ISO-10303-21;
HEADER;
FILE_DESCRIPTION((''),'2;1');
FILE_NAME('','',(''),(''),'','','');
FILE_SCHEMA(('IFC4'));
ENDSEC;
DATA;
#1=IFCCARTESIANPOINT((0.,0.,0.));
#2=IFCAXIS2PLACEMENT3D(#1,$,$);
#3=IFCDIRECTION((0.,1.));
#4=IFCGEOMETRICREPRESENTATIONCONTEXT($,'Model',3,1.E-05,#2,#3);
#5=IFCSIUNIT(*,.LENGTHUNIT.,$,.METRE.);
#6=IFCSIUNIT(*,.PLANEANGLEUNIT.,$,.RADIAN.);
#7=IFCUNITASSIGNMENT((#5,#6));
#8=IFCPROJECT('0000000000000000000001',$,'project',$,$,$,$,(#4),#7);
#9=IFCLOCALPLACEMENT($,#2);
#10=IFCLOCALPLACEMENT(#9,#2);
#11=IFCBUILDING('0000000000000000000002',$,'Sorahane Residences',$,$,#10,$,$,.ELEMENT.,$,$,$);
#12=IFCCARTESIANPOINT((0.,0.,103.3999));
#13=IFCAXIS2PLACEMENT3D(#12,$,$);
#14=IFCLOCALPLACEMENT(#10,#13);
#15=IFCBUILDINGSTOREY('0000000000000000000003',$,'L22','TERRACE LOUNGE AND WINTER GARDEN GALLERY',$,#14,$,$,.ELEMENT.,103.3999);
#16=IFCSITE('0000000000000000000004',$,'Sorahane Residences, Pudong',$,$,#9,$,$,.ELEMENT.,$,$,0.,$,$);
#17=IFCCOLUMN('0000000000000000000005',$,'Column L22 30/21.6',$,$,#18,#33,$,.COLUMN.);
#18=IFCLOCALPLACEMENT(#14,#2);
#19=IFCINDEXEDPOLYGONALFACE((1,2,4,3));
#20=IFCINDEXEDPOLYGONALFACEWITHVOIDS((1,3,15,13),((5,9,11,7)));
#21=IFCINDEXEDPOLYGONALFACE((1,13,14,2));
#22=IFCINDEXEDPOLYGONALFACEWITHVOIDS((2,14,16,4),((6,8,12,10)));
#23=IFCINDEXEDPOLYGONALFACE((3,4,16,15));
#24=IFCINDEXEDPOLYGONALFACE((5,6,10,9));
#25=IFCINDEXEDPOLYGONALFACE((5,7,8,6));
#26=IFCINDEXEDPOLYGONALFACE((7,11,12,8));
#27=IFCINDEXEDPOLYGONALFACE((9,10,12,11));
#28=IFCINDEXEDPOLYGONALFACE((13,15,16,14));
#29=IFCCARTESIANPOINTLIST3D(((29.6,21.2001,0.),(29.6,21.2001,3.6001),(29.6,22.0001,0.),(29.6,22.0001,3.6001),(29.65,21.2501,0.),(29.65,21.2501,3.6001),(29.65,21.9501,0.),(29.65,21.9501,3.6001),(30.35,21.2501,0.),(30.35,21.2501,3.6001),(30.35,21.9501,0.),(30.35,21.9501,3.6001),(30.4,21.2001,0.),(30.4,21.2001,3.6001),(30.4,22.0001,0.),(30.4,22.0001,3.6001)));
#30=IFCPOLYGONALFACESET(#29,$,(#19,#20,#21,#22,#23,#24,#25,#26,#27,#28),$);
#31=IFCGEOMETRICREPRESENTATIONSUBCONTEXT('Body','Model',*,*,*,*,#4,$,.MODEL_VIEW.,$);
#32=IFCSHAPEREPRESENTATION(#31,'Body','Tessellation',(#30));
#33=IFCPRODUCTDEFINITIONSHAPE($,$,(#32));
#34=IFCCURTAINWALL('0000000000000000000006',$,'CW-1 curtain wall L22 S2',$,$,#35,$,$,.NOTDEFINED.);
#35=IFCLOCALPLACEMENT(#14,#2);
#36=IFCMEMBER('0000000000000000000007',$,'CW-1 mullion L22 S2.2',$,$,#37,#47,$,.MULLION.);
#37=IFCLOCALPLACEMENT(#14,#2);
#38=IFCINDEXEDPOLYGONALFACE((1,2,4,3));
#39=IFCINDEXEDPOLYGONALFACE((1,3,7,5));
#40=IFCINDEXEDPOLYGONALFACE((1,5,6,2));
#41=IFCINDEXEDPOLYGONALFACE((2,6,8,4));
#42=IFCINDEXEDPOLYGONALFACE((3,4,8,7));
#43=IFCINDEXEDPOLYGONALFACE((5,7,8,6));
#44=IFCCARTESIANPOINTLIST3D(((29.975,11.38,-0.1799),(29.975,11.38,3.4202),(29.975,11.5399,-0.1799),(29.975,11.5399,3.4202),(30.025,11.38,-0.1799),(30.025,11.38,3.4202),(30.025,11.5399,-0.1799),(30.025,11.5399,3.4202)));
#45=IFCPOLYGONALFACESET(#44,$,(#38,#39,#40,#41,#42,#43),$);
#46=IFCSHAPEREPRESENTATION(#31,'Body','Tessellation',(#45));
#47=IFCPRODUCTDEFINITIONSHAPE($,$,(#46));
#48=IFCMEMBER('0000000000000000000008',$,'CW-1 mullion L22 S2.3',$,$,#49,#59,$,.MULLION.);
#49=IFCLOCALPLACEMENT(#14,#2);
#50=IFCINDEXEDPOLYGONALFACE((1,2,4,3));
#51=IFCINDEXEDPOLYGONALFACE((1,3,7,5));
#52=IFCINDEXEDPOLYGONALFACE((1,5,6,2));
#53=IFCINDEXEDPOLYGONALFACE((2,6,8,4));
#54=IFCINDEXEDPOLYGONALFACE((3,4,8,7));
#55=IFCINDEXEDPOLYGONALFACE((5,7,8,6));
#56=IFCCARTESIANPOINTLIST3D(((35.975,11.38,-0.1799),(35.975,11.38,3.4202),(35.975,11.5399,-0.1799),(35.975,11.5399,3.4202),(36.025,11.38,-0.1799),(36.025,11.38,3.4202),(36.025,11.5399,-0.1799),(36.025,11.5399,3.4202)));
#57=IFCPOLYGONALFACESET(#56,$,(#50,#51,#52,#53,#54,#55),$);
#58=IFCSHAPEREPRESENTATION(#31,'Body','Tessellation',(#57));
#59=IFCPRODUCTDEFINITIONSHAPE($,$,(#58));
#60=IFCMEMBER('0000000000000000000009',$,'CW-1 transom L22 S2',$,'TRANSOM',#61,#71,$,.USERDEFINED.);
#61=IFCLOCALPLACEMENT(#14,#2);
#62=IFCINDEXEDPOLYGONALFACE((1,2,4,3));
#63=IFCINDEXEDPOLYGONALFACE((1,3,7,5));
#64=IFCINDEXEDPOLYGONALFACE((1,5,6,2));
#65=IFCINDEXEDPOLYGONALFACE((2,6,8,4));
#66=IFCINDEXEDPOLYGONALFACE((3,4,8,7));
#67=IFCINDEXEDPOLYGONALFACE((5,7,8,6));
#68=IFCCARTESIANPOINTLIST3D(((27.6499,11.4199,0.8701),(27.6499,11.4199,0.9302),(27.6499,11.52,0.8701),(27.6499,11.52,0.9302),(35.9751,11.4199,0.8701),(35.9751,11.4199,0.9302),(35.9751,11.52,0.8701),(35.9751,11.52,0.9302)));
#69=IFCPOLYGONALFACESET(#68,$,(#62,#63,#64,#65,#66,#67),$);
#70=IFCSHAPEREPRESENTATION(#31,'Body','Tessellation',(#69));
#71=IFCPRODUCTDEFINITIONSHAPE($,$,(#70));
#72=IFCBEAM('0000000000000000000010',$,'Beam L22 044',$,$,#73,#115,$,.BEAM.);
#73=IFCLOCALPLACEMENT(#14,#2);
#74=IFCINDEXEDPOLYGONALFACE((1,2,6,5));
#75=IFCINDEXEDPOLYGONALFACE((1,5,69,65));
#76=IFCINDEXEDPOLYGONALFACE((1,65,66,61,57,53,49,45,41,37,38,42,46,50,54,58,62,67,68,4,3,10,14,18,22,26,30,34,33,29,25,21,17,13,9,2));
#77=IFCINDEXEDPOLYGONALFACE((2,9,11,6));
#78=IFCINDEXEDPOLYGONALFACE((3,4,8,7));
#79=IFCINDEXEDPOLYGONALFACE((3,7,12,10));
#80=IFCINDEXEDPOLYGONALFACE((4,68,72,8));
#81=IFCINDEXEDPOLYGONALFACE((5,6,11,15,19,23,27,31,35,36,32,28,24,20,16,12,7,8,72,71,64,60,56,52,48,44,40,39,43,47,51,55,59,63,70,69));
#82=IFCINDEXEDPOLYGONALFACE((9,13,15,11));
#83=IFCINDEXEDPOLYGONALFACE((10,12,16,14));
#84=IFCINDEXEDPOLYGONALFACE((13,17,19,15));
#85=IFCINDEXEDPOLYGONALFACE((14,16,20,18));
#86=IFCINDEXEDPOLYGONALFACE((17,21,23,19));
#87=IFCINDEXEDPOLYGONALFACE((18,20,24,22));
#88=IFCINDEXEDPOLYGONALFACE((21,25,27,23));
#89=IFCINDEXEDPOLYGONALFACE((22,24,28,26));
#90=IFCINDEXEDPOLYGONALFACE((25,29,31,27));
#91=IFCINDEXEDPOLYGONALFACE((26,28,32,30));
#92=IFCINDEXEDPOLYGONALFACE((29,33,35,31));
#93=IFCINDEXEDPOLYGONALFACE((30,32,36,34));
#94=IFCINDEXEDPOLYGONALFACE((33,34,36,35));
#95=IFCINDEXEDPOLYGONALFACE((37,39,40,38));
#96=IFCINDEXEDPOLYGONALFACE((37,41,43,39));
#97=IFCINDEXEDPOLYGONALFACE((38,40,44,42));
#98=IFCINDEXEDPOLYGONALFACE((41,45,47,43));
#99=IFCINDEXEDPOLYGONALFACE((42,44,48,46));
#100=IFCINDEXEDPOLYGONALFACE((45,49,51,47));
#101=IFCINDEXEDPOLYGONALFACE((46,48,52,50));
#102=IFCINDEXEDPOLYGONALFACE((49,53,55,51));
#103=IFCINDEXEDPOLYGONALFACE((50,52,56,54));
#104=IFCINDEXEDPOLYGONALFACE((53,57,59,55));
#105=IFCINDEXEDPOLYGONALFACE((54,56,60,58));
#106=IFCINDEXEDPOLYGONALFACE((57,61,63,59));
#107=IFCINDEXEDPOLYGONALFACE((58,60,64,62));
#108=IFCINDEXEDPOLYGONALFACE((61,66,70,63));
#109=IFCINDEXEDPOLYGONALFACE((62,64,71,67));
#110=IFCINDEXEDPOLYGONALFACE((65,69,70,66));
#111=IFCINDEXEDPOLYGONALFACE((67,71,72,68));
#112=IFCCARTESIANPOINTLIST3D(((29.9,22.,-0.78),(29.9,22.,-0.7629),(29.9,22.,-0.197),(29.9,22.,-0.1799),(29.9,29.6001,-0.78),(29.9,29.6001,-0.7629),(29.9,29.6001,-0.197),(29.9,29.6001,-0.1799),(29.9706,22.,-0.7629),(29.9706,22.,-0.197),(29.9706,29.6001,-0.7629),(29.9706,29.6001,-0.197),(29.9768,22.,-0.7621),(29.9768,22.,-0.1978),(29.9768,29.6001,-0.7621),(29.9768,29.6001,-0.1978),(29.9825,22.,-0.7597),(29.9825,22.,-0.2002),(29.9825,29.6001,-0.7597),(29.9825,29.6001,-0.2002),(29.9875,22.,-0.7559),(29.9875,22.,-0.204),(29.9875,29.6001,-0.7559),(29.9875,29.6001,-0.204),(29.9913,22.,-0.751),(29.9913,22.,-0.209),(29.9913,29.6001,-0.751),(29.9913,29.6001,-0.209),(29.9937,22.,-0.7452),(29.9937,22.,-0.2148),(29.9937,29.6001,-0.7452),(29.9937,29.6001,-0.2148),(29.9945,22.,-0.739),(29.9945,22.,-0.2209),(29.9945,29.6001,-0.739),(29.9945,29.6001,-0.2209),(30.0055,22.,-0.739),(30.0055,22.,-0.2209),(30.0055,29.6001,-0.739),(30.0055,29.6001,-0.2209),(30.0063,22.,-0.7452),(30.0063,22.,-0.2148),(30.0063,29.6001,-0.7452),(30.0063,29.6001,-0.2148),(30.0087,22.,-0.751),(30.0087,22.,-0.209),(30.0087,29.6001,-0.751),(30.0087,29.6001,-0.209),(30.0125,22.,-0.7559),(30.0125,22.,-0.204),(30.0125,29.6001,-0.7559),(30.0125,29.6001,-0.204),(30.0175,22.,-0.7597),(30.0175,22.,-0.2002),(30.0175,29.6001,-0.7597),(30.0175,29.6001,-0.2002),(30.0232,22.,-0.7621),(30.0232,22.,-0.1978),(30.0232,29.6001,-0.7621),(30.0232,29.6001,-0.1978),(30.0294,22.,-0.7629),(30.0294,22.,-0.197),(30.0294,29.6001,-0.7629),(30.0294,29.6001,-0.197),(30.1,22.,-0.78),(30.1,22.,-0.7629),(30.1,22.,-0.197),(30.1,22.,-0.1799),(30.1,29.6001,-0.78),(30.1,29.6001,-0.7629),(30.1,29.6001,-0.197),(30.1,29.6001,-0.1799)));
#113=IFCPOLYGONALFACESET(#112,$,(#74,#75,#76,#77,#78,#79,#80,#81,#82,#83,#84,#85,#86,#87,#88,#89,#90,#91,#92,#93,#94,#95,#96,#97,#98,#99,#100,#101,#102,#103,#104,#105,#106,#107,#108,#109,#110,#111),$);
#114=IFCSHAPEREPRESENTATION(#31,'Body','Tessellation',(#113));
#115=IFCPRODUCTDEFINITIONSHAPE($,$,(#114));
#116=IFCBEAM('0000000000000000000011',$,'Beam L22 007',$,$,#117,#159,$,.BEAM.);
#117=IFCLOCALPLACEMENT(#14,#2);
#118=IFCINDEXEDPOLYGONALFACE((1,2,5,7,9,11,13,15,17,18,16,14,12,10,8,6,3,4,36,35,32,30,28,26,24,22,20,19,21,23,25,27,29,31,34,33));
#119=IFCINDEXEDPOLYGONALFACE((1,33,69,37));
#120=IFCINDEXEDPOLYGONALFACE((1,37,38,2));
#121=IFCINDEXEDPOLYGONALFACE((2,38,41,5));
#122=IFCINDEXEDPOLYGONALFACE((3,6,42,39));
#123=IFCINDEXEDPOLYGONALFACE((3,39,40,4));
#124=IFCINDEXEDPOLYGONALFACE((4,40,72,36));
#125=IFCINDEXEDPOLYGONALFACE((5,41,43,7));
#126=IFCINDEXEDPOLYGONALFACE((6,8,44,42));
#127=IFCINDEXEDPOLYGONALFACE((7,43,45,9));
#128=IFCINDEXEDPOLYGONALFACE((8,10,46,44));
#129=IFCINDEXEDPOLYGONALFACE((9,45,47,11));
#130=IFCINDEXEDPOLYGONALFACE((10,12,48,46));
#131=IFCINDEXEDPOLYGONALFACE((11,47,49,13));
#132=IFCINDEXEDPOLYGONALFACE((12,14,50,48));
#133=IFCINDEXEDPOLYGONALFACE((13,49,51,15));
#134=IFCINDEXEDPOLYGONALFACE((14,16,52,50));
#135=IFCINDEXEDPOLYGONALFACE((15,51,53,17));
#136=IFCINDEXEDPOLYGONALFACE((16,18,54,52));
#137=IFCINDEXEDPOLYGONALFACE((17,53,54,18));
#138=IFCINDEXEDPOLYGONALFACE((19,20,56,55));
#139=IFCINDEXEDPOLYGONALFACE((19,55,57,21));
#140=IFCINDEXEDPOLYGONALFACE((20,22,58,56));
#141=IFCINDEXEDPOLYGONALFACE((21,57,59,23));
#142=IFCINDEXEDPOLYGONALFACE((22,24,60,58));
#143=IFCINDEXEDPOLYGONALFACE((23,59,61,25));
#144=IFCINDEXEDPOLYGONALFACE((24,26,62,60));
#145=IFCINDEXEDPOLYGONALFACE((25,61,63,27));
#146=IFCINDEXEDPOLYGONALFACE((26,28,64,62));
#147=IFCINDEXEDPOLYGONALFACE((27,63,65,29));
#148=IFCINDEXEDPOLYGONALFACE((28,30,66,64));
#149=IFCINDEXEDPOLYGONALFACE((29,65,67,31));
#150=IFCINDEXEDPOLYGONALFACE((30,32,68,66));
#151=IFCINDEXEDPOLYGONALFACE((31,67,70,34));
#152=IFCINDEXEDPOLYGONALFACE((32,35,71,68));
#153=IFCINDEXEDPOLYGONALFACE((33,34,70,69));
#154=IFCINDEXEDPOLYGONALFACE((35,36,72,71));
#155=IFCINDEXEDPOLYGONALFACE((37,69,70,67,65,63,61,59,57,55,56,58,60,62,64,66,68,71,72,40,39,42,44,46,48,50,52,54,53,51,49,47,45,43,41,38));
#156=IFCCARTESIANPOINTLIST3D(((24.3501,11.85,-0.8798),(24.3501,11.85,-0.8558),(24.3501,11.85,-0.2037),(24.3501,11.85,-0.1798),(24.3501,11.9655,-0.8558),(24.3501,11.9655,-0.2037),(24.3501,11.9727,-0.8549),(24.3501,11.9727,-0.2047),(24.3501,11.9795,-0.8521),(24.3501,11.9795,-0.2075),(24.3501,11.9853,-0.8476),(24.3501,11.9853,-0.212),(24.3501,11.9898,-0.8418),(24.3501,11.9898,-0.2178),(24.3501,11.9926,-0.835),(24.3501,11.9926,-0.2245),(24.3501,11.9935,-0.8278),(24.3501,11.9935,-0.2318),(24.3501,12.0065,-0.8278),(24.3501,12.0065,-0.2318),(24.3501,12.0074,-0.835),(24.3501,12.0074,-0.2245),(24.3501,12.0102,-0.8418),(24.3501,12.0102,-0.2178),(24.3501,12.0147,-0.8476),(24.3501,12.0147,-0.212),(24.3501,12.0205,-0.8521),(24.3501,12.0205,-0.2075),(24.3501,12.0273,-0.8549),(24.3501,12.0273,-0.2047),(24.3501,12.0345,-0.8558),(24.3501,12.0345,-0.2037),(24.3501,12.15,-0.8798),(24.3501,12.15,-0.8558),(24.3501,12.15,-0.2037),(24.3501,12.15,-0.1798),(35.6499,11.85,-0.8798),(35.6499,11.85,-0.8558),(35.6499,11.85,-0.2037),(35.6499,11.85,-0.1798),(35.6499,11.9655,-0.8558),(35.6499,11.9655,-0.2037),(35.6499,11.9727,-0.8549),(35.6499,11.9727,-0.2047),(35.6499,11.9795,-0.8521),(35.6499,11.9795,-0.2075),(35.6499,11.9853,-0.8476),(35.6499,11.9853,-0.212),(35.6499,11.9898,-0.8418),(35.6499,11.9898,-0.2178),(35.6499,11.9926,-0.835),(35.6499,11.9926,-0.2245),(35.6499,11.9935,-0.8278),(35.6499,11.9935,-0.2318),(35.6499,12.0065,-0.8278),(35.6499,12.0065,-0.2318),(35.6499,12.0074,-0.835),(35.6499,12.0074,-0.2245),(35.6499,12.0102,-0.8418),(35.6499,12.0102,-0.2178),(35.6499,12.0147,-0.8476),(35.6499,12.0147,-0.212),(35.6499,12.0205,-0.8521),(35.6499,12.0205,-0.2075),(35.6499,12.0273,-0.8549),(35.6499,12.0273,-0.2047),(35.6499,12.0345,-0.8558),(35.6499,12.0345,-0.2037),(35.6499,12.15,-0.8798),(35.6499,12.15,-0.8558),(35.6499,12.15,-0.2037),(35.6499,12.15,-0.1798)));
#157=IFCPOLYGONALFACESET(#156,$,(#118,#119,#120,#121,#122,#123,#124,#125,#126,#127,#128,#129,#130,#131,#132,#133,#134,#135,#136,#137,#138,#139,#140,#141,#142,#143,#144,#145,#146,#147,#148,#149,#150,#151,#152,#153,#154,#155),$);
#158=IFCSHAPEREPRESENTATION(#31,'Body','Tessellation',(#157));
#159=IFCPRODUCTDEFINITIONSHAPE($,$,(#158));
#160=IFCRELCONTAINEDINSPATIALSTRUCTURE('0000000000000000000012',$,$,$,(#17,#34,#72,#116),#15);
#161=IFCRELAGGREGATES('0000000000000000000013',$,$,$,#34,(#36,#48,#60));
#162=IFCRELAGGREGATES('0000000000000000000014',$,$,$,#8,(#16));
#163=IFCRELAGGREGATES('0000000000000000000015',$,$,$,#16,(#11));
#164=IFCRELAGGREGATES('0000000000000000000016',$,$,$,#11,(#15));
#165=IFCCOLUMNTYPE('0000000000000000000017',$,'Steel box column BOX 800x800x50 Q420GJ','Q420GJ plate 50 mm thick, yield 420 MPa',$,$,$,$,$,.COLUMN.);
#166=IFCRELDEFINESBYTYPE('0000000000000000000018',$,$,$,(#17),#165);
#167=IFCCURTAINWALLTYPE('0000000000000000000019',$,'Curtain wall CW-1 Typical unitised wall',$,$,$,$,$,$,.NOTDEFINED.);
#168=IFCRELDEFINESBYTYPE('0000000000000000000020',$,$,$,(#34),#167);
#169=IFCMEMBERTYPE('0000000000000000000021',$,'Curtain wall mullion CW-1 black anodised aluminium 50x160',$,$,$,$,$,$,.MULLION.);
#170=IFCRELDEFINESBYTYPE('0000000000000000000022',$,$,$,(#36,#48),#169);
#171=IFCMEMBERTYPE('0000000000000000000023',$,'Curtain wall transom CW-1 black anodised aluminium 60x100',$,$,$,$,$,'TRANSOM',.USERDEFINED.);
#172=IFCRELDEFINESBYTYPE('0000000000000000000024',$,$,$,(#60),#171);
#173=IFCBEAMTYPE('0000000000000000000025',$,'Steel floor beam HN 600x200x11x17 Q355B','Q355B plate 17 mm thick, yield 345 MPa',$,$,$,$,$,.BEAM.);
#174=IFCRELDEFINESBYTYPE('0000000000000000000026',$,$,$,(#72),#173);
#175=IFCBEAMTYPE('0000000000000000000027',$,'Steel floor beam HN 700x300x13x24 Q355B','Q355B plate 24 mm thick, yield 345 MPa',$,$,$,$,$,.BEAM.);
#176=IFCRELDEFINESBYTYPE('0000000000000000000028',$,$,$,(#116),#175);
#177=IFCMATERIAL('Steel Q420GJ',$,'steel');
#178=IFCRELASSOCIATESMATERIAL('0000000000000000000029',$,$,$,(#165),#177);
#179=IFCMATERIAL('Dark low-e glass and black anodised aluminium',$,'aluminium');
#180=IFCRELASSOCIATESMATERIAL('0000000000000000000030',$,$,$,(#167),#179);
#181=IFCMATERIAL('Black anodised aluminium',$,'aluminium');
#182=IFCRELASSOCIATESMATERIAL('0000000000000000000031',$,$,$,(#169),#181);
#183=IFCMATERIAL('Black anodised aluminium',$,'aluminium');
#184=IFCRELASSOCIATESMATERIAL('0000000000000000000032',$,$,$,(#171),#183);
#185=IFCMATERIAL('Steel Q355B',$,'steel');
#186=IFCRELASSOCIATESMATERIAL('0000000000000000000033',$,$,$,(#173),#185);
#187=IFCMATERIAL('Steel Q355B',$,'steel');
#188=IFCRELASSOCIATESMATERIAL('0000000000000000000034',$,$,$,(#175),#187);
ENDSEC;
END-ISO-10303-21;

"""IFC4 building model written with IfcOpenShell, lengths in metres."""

from ifc_helpers import new_model, si_unit, direction, frame, origin, origin_2d, place, context, subcontext, project, spatial, rectangle, hollow_rectangle, i_section, extrude, material, material_profile, profile_set, type_object, element, aggregate, save


model = new_model("IFC4")

# Units and contexts
model_context = context("Model", 3, precision=1e-05, world=origin(), true_north=direction((0.0, 1.0)))
body_context = subcontext(model_context, "Body", "Model", "MODEL_VIEW")
ifc_project = project(units=[si_unit("LENGTHUNIT", "METRE"), si_unit("PLANEANGLEUNIT", "RADIAN")], contexts=[model_context])

# Site, building, storey
site_placement = place(None, origin())
site = spatial("IfcSite", under=ifc_project, at=site_placement, Name="Sorahane Residences, Pudong", CompositionType="ELEMENT", RefElevation=0.0)
building_placement = place(site_placement, origin())
building = spatial("IfcBuilding", under=site, at=building_placement, Name="Sorahane Residences", CompositionType="ELEMENT")
storey_placement = place(building_placement, frame((0.0, 0.0, 103.3999)))
storey = spatial("IfcBuildingStorey", under=building, at=storey_placement, Name="L22", Description="TERRACE LOUNGE AND WINTER GARDEN GALLERY", CompositionType="ELEMENT", Elevation=103.3999)

# Column
ifc_material_1 = material(Name="Steel Q420GJ", Category="steel")
ifc_material_profile_1 = material_profile(ifc_material_1, hollow_rectangle(XDim=0.8, YDim=0.8, WallThickness=0.05, at=origin_2d()), Name="BOX 800x800x50")
ifc_profile_set_1 = profile_set([ifc_material_profile_1], Name="Steel Q420GJ")
column_type = type_object("IfcColumnType", Name="Steel box column BOX 800x800x50 Q420GJ", Description="Q420GJ plate 50 mm thick, yield 420 MPa", PredefinedType="COLUMN", material=ifc_profile_set_1)
column_placement = place(storey_placement, frame((30.0, 21.6001, 0.0), z_axis=(0.0, 0.0, 1.0), x_axis=(1.0, 0.0, 0.0)))
element("IfcColumn", 1, at=column_placement, inside=storey, type_object=column_type, Name="Column L22 30/21.6", PredefinedType="COLUMN", context=body_context, shape_type="SweptSolid", body=[
    extrude(hollow_rectangle(XDim=0.8, YDim=0.8, WallThickness=0.05, at=origin_2d()), origin(), (0.0, 0.0, 1.0), 3.6001),
])

# Curtain wall, members
ifc_material_2 = material(Name="Dark low-e glass and black anodised aluminium", Category="aluminium")
curtain_wall_type = type_object("IfcCurtainWallType", Name="Curtain wall CW-1 Typical unitised wall", PredefinedType="NOTDEFINED", material=ifc_material_2)
curtain_wall_placement = place(storey_placement, origin())
curtain_wall = element("IfcCurtainWall", 2, at=curtain_wall_placement, inside=storey, type_object=curtain_wall_type, Name="CW-1 curtain wall L22 S2", PredefinedType="NOTDEFINED")
ifc_material_3 = material(Name="Black anodised aluminium", Category="aluminium")
ifc_material_profile_2 = material_profile(ifc_material_3, rectangle(XDim=0.1599, YDim=0.05, at=origin_2d()), Name="Curtain wall mullion CW-1 black anodised aluminium 50x160")
ifc_profile_set_2 = profile_set([ifc_material_profile_2], Name="Black anodised aluminium")
member_type_1 = type_object("IfcMemberType", Name="Curtain wall mullion CW-1 black anodised aluminium 50x160", PredefinedType="MULLION", material=ifc_profile_set_2)
member_1_placement = place(storey_placement, frame((30.0, 11.46, -0.1799), z_axis=(0.0, 0.0, 1.0), x_axis=(0.0, -1.0, 0.0)))
member_1 = element("IfcMember", 3, at=member_1_placement, type_object=member_type_1, Name="CW-1 mullion L22 S2.2", PredefinedType="MULLION", context=body_context, shape_type="SweptSolid", body=[
    extrude(rectangle(XDim=0.1599, YDim=0.05, at=origin_2d()), origin(), (0.0, 0.0, 1.0), 3.6001),
])
member_2_placement = place(storey_placement, frame((36.0, 11.46, -0.1799), z_axis=(0.0, 0.0, 1.0), x_axis=(0.0, -1.0, 0.0)))
member_2 = element("IfcMember", 4, at=member_2_placement, type_object=member_type_1, Name="CW-1 mullion L22 S2.3", PredefinedType="MULLION", context=body_context, shape_type="SweptSolid", body=[
    extrude(rectangle(XDim=0.1599, YDim=0.05, at=origin_2d()), origin(), (0.0, 0.0, 1.0), 3.6001),
])
ifc_material_4 = material(Name="Black anodised aluminium", Category="aluminium")
ifc_material_profile_3 = material_profile(ifc_material_4, rectangle(XDim=0.1001, YDim=0.0601, at=origin_2d()), Name="Curtain wall transom CW-1 black anodised aluminium 60x100")
ifc_profile_set_3 = profile_set([ifc_material_profile_3], Name="Black anodised aluminium")
member_type_2 = type_object("IfcMemberType", Name="Curtain wall transom CW-1 black anodised aluminium 60x100", ElementType="TRANSOM", PredefinedType="USERDEFINED", material=ifc_profile_set_3)
member_3_placement = place(storey_placement, frame((27.6499, 11.47, 0.9001), z_axis=(1.0, 0.0, 0.0), x_axis=(0.0, 1.0, 0.0)))
member_3 = element("IfcMember", 5, at=member_3_placement, type_object=member_type_2, Name="CW-1 transom L22 S2", ObjectType="TRANSOM", PredefinedType="USERDEFINED", context=body_context, shape_type="SweptSolid", body=[
    extrude(rectangle(XDim=0.1001, YDim=0.0601, at=origin_2d()), origin(), (0.0, 0.0, 1.0), 8.3252),
])

# Beams
ifc_material_5 = material(Name="Steel Q355B", Category="steel")
ifc_material_profile_4 = material_profile(ifc_material_5, i_section(OverallWidth=0.2, OverallDepth=0.6001, WebThickness=0.011, FlangeThickness=0.0171, FilletRadius=0.0239, at=origin_2d()), Name="HN 600x200x11x17")
ifc_profile_set_4 = profile_set([ifc_material_profile_4], Name="Steel Q355B")
beam_type_1 = type_object("IfcBeamType", Name="Steel floor beam HN 600x200x11x17 Q355B", Description="Q355B plate 17 mm thick, yield 345 MPa", PredefinedType="BEAM", material=ifc_profile_set_4)
beam_1_placement = place(storey_placement, frame((30.0, 22.0, -0.48), z_axis=(0.0, 1.0, 0.0), x_axis=(-1.0, 0.0, 0.0)))
element("IfcBeam", 6, at=beam_1_placement, inside=storey, type_object=beam_type_1, Name="Beam L22 044", PredefinedType="BEAM", context=body_context, shape_type="SweptSolid", body=[
    extrude(i_section(OverallWidth=0.2, OverallDepth=0.6001, WebThickness=0.011, FlangeThickness=0.0171, FilletRadius=0.0239, at=origin_2d()), origin(), (0.0, 0.0, 1.0), 7.6001),
])
ifc_material_6 = material(Name="Steel Q355B", Category="steel")
ifc_material_profile_5 = material_profile(ifc_material_6, i_section(OverallWidth=0.3, OverallDepth=0.7, WebThickness=0.0129, FlangeThickness=0.0239, FilletRadius=0.0281, at=origin_2d()), Name="HN 700x300x13x24")
ifc_profile_set_5 = profile_set([ifc_material_profile_5], Name="Steel Q355B")
beam_type_2 = type_object("IfcBeamType", Name="Steel floor beam HN 700x300x13x24 Q355B", Description="Q355B plate 24 mm thick, yield 345 MPa", PredefinedType="BEAM", material=ifc_profile_set_5)
beam_2_placement = place(storey_placement, frame((24.3501, 12.0, -0.5298), z_axis=(1.0, 0.0, 0.0), x_axis=(0.0, 1.0, 0.0)))
element("IfcBeam", 7, at=beam_2_placement, inside=storey, type_object=beam_type_2, Name="Beam L22 007", PredefinedType="BEAM", context=body_context, shape_type="SweptSolid", body=[
    extrude(i_section(OverallWidth=0.3, OverallDepth=0.7, WebThickness=0.0129, FlangeThickness=0.0239, FilletRadius=0.0281, at=origin_2d()), origin(), (0.0, 0.0, 1.0), 11.2998),
])

aggregate(curtain_wall, [member_1, member_2, member_3])

save(model, "model.ifc")
